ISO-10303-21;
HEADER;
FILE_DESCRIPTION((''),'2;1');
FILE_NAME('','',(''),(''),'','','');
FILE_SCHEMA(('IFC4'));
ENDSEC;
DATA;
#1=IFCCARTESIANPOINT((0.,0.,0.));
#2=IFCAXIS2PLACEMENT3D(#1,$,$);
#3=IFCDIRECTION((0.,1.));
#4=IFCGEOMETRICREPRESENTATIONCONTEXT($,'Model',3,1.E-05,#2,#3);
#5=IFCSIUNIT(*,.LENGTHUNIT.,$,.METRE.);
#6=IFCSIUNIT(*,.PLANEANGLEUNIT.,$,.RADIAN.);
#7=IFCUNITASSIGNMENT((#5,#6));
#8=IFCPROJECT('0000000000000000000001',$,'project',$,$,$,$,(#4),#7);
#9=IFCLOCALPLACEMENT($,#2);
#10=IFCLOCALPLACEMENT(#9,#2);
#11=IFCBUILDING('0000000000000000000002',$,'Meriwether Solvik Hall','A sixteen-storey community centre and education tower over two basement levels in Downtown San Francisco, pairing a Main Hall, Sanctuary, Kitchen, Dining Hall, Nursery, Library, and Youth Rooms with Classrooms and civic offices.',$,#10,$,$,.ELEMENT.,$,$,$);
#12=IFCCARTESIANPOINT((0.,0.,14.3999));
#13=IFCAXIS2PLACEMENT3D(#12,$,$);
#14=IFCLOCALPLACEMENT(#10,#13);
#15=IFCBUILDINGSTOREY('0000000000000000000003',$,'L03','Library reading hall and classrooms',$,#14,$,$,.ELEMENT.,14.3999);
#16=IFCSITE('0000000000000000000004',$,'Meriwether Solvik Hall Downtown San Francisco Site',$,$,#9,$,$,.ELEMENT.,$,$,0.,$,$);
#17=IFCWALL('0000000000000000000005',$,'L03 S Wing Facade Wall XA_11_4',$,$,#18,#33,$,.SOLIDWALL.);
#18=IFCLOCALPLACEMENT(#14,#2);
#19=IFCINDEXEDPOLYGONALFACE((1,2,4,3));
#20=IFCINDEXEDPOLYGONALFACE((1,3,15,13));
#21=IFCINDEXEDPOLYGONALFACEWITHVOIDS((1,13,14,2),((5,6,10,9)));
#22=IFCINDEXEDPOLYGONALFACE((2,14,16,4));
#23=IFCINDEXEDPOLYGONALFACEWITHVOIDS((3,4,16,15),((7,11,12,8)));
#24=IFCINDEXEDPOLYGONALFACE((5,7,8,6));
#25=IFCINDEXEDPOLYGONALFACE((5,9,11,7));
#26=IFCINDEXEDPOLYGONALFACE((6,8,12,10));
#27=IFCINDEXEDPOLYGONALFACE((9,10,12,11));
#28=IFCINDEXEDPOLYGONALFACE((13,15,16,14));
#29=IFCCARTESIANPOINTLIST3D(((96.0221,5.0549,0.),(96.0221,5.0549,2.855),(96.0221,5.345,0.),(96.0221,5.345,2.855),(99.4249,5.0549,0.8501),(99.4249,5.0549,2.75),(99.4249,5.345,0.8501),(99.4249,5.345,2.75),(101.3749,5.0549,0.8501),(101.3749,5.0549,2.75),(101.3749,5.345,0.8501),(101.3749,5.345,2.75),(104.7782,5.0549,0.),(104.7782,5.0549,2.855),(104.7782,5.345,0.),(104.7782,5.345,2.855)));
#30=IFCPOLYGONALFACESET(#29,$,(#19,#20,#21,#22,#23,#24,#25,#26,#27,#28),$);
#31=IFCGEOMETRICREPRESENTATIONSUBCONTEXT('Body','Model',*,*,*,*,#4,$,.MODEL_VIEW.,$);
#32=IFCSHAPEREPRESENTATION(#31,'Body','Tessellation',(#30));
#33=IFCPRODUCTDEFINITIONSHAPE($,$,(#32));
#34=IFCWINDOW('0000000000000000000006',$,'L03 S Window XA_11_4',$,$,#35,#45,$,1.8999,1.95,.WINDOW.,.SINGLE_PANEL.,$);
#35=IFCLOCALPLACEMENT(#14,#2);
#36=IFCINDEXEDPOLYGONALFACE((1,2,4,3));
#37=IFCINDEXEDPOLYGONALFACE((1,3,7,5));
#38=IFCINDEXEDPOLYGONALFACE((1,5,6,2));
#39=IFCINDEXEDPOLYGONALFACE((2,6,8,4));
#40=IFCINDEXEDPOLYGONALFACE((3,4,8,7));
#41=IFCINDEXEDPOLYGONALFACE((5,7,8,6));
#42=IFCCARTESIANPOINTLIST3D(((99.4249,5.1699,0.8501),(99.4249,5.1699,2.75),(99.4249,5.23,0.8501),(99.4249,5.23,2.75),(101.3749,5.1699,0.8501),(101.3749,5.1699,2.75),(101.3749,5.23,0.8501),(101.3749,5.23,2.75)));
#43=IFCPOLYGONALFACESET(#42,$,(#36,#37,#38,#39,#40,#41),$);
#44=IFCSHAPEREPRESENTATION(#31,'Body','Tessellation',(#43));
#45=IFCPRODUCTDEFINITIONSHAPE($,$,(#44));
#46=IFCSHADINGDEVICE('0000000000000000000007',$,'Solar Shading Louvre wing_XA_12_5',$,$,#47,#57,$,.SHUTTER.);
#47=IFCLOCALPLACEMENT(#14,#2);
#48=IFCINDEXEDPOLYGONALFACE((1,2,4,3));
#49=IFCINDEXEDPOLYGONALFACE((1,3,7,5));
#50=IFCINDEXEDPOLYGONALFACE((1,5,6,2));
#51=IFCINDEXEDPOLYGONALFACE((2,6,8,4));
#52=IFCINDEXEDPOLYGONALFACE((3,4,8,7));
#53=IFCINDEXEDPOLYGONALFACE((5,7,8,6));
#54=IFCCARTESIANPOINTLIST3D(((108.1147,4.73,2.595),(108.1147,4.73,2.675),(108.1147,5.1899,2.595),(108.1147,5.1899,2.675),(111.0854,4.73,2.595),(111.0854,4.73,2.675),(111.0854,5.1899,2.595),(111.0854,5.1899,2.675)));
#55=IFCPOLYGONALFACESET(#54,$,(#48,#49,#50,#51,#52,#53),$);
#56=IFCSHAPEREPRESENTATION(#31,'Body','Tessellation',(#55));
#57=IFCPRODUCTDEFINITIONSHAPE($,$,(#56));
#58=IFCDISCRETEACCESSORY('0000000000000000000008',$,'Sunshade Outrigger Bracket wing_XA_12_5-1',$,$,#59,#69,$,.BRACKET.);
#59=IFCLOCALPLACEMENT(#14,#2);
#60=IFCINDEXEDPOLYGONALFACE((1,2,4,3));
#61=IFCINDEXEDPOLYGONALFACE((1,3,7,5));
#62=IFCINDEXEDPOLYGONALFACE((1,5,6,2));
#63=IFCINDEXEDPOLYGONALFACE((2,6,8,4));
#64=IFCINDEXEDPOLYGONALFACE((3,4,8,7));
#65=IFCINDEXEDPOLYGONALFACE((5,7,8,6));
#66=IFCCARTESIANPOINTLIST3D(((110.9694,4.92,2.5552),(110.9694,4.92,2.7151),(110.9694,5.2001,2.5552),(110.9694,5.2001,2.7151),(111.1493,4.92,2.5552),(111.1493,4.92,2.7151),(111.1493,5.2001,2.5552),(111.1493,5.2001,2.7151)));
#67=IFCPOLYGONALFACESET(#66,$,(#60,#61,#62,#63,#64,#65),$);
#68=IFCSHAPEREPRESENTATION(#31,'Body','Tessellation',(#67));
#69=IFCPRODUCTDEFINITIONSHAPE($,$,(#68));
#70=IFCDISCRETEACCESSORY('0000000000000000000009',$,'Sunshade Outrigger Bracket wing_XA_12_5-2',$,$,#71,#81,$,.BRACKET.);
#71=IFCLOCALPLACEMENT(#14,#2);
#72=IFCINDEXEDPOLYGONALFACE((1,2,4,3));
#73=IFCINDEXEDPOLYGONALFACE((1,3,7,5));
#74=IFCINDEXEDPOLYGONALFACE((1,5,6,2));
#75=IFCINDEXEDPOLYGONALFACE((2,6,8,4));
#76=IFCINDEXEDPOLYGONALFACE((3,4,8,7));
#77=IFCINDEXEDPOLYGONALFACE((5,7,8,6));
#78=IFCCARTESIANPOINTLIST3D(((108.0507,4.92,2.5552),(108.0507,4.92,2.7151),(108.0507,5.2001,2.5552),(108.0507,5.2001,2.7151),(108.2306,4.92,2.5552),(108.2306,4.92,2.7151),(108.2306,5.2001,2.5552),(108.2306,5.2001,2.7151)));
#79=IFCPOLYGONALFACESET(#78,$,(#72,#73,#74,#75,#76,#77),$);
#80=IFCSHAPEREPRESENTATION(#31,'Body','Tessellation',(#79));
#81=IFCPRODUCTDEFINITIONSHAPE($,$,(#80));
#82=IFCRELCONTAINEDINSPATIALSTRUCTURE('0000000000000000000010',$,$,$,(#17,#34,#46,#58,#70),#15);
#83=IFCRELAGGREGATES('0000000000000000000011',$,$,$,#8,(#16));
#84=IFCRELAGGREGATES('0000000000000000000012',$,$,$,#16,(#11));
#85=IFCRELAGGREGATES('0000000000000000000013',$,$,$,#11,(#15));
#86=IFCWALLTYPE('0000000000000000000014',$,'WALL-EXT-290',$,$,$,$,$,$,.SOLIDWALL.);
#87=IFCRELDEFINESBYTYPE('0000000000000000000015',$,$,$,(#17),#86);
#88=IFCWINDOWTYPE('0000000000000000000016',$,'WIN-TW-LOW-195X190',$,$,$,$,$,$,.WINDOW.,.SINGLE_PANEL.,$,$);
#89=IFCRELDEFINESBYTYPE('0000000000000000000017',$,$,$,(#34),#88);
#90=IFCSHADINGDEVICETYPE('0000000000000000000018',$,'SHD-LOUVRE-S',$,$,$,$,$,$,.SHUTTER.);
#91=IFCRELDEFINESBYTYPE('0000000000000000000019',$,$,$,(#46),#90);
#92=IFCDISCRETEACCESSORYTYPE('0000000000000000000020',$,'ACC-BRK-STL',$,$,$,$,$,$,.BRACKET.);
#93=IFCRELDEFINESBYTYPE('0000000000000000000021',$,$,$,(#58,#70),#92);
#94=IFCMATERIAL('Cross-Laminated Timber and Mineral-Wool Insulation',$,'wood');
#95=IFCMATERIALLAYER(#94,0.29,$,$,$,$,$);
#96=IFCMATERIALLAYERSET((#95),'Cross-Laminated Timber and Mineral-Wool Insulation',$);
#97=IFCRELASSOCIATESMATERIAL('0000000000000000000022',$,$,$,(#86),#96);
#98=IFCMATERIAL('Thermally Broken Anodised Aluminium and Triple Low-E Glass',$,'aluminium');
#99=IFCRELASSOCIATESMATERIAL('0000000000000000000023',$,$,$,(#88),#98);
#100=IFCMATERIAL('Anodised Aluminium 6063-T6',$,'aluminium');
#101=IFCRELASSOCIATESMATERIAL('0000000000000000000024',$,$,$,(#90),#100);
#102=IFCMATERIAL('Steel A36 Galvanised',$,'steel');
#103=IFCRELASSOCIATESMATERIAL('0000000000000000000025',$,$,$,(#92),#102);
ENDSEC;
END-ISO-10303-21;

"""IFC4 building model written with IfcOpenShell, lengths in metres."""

from ifc_helpers import new_model, si_unit, direction, frame, frame_2d, origin, origin_2d, place, context, subcontext, project, spatial, rectangle, extrude, material, layer, layer_set, type_object, element, fill, save


model = new_model("IFC4")

# Units and contexts
model_context = context("Model", 3, precision=1e-05, world=origin(), true_north=direction((0.0, 1.0)))
body_context = subcontext(model_context, "Body", "Model", "MODEL_VIEW")
ifc_project = project(units=[si_unit("LENGTHUNIT", "METRE"), si_unit("PLANEANGLEUNIT", "RADIAN")], contexts=[model_context])

# Site, building, storey
site_placement = place(None, origin())
site = spatial("IfcSite", under=ifc_project, at=site_placement, Name="Meriwether Solvik Hall Downtown San Francisco Site", CompositionType="ELEMENT", RefElevation=0.0)
building_placement = place(site_placement, origin())
building = spatial("IfcBuilding", under=site, at=building_placement, Name="Meriwether Solvik Hall", Description="A sixteen-storey community centre and education tower over two basement levels in Downtown San Francisco, pairing a Main Hall, Sanctuary, Kitchen, Dining Hall, Nursery, Library, and Youth Rooms with Classrooms and civic offices.", CompositionType="ELEMENT")
storey_placement = place(building_placement, frame((0.0, 0.0, 14.3999)))
storey = spatial("IfcBuildingStorey", under=building, at=storey_placement, Name="L03", Description="Library reading hall and classrooms", CompositionType="ELEMENT", Elevation=14.3999)

# Wall, opening, window
ifc_material_1 = material(Name="Cross-Laminated Timber and Mineral-Wool Insulation", Category="wood")
ifc_layer_1 = layer(ifc_material_1, 0.29)
ifc_layer_set_1 = layer_set([ifc_layer_1], Name="Cross-Laminated Timber and Mineral-Wool Insulation")
wall_type = type_object("IfcWallType", Name="WALL-EXT-290", PredefinedType="SOLIDWALL", material=ifc_layer_set_1)
wall_placement = place(storey_placement, frame((104.7781, 5.2, 0.0), z_axis=(0.0, 0.0, 1.0), x_axis=(-1.0, 0.0, 0.0)))
wall = element("IfcWall", 1, at=wall_placement, inside=storey, type_object=wall_type, Name="L03 S Wing Facade Wall XA_11_4", PredefinedType="SOLIDWALL", context=body_context, shape_type="SweptSolid", body=[
    extrude(rectangle(XDim=8.7561, YDim=0.29, at=frame_2d((4.3779, 0.0))), origin(), (0.0, 0.0, 1.0), 2.855),
])
opening_placement = place(wall_placement, frame((3.4031, 0.0, 0.8501)))
opening = element("IfcOpeningElement", 2, at=opening_placement, cuts=wall, PredefinedType="OPENING", context=body_context, shape_type="SweptSolid", body=[
    extrude(rectangle(XDim=1.95, YDim=1.8999, at=frame_2d((0.9751, 0.95))), frame((0.0, 0.157, 0.0), z_axis=(0.0, -1.0, 0.0), x_axis=(1.0, 0.0, 0.0)), (0.0, 0.0, 1.0), 0.314),
])
ifc_material_2 = material(Name="Thermally Broken Anodised Aluminium and Triple Low-E Glass", Category="aluminium")
window_type = type_object("IfcWindowType", Name="WIN-TW-LOW-195X190", PartitioningType="SINGLE_PANEL", PredefinedType="WINDOW", material=ifc_material_2)
window_placement = place(opening_placement, origin())
window = element("IfcWindow", 3, at=window_placement, inside=storey, type_object=window_type, Name="L03 S Window XA_11_4", OverallHeight=1.8999, OverallWidth=1.95, PartitioningType="SINGLE_PANEL", PredefinedType="WINDOW", context=body_context, shape_type="SweptSolid", body=[
    extrude(rectangle(XDim=1.95, YDim=1.8999, at=frame_2d((0.9751, 0.95))), frame((0.0, 0.03, 0.0), z_axis=(0.0, -1.0, 0.0), x_axis=(1.0, 0.0, 0.0)), (0.0, 0.0, 1.0), 0.0601),
])
fill(opening, window)

# Shading device
ifc_material_3 = material(Name="Anodised Aluminium 6063-T6", Category="aluminium")
shading_device_type = type_object("IfcShadingDeviceType", Name="SHD-LOUVRE-S", PredefinedType="SHUTTER", material=ifc_material_3)
shading_device_placement = place(storey_placement, frame((109.6001, 4.96, 2.595), z_axis=(0.0, 0.0, 1.0), x_axis=(-1.0, 0.0, 0.0)))
element("IfcShadingDevice", 4, at=shading_device_placement, inside=storey, type_object=shading_device_type, Name="Solar Shading Louvre wing_XA_12_5", PredefinedType="SHUTTER", context=body_context, shape_type="SweptSolid", body=[
    extrude(rectangle(XDim=2.9707, YDim=0.46, at=origin_2d()), origin(), (0.0, 0.0, 1.0), 0.0801),
])

# Discrete accessories
ifc_material_4 = material(Name="Steel A36 Galvanised", Category="steel")
discrete_accessory_type = type_object("IfcDiscreteAccessoryType", Name="ACC-BRK-STL", PredefinedType="BRACKET", material=ifc_material_4)
for number, where, z_axis, x_axis, name in (
    (5, (111.0593, 5.0601, 2.5552), (0.0, 0.0, 1.0), (-1.0, 0.0, 0.0), "Sunshade Outrigger Bracket wing_XA_12_5-1"),
    (6, (108.1406, 5.0601, 2.5552), (0.0, 0.0, 1.0), (-1.0, 0.0, 0.0), "Sunshade Outrigger Bracket wing_XA_12_5-2"),
):
    element("IfcDiscreteAccessory", number, at=place(storey_placement, frame(where, z_axis=z_axis, x_axis=x_axis)), inside=storey, type_object=discrete_accessory_type, Name=name, PredefinedType="BRACKET", context=body_context, shape_type="SweptSolid", body=[
        extrude(rectangle(XDim=0.1799, YDim=0.28, at=origin_2d()), origin(), (0.0, 0.0, 1.0), 0.1599),
    ])

save(model, "model.ifc")
